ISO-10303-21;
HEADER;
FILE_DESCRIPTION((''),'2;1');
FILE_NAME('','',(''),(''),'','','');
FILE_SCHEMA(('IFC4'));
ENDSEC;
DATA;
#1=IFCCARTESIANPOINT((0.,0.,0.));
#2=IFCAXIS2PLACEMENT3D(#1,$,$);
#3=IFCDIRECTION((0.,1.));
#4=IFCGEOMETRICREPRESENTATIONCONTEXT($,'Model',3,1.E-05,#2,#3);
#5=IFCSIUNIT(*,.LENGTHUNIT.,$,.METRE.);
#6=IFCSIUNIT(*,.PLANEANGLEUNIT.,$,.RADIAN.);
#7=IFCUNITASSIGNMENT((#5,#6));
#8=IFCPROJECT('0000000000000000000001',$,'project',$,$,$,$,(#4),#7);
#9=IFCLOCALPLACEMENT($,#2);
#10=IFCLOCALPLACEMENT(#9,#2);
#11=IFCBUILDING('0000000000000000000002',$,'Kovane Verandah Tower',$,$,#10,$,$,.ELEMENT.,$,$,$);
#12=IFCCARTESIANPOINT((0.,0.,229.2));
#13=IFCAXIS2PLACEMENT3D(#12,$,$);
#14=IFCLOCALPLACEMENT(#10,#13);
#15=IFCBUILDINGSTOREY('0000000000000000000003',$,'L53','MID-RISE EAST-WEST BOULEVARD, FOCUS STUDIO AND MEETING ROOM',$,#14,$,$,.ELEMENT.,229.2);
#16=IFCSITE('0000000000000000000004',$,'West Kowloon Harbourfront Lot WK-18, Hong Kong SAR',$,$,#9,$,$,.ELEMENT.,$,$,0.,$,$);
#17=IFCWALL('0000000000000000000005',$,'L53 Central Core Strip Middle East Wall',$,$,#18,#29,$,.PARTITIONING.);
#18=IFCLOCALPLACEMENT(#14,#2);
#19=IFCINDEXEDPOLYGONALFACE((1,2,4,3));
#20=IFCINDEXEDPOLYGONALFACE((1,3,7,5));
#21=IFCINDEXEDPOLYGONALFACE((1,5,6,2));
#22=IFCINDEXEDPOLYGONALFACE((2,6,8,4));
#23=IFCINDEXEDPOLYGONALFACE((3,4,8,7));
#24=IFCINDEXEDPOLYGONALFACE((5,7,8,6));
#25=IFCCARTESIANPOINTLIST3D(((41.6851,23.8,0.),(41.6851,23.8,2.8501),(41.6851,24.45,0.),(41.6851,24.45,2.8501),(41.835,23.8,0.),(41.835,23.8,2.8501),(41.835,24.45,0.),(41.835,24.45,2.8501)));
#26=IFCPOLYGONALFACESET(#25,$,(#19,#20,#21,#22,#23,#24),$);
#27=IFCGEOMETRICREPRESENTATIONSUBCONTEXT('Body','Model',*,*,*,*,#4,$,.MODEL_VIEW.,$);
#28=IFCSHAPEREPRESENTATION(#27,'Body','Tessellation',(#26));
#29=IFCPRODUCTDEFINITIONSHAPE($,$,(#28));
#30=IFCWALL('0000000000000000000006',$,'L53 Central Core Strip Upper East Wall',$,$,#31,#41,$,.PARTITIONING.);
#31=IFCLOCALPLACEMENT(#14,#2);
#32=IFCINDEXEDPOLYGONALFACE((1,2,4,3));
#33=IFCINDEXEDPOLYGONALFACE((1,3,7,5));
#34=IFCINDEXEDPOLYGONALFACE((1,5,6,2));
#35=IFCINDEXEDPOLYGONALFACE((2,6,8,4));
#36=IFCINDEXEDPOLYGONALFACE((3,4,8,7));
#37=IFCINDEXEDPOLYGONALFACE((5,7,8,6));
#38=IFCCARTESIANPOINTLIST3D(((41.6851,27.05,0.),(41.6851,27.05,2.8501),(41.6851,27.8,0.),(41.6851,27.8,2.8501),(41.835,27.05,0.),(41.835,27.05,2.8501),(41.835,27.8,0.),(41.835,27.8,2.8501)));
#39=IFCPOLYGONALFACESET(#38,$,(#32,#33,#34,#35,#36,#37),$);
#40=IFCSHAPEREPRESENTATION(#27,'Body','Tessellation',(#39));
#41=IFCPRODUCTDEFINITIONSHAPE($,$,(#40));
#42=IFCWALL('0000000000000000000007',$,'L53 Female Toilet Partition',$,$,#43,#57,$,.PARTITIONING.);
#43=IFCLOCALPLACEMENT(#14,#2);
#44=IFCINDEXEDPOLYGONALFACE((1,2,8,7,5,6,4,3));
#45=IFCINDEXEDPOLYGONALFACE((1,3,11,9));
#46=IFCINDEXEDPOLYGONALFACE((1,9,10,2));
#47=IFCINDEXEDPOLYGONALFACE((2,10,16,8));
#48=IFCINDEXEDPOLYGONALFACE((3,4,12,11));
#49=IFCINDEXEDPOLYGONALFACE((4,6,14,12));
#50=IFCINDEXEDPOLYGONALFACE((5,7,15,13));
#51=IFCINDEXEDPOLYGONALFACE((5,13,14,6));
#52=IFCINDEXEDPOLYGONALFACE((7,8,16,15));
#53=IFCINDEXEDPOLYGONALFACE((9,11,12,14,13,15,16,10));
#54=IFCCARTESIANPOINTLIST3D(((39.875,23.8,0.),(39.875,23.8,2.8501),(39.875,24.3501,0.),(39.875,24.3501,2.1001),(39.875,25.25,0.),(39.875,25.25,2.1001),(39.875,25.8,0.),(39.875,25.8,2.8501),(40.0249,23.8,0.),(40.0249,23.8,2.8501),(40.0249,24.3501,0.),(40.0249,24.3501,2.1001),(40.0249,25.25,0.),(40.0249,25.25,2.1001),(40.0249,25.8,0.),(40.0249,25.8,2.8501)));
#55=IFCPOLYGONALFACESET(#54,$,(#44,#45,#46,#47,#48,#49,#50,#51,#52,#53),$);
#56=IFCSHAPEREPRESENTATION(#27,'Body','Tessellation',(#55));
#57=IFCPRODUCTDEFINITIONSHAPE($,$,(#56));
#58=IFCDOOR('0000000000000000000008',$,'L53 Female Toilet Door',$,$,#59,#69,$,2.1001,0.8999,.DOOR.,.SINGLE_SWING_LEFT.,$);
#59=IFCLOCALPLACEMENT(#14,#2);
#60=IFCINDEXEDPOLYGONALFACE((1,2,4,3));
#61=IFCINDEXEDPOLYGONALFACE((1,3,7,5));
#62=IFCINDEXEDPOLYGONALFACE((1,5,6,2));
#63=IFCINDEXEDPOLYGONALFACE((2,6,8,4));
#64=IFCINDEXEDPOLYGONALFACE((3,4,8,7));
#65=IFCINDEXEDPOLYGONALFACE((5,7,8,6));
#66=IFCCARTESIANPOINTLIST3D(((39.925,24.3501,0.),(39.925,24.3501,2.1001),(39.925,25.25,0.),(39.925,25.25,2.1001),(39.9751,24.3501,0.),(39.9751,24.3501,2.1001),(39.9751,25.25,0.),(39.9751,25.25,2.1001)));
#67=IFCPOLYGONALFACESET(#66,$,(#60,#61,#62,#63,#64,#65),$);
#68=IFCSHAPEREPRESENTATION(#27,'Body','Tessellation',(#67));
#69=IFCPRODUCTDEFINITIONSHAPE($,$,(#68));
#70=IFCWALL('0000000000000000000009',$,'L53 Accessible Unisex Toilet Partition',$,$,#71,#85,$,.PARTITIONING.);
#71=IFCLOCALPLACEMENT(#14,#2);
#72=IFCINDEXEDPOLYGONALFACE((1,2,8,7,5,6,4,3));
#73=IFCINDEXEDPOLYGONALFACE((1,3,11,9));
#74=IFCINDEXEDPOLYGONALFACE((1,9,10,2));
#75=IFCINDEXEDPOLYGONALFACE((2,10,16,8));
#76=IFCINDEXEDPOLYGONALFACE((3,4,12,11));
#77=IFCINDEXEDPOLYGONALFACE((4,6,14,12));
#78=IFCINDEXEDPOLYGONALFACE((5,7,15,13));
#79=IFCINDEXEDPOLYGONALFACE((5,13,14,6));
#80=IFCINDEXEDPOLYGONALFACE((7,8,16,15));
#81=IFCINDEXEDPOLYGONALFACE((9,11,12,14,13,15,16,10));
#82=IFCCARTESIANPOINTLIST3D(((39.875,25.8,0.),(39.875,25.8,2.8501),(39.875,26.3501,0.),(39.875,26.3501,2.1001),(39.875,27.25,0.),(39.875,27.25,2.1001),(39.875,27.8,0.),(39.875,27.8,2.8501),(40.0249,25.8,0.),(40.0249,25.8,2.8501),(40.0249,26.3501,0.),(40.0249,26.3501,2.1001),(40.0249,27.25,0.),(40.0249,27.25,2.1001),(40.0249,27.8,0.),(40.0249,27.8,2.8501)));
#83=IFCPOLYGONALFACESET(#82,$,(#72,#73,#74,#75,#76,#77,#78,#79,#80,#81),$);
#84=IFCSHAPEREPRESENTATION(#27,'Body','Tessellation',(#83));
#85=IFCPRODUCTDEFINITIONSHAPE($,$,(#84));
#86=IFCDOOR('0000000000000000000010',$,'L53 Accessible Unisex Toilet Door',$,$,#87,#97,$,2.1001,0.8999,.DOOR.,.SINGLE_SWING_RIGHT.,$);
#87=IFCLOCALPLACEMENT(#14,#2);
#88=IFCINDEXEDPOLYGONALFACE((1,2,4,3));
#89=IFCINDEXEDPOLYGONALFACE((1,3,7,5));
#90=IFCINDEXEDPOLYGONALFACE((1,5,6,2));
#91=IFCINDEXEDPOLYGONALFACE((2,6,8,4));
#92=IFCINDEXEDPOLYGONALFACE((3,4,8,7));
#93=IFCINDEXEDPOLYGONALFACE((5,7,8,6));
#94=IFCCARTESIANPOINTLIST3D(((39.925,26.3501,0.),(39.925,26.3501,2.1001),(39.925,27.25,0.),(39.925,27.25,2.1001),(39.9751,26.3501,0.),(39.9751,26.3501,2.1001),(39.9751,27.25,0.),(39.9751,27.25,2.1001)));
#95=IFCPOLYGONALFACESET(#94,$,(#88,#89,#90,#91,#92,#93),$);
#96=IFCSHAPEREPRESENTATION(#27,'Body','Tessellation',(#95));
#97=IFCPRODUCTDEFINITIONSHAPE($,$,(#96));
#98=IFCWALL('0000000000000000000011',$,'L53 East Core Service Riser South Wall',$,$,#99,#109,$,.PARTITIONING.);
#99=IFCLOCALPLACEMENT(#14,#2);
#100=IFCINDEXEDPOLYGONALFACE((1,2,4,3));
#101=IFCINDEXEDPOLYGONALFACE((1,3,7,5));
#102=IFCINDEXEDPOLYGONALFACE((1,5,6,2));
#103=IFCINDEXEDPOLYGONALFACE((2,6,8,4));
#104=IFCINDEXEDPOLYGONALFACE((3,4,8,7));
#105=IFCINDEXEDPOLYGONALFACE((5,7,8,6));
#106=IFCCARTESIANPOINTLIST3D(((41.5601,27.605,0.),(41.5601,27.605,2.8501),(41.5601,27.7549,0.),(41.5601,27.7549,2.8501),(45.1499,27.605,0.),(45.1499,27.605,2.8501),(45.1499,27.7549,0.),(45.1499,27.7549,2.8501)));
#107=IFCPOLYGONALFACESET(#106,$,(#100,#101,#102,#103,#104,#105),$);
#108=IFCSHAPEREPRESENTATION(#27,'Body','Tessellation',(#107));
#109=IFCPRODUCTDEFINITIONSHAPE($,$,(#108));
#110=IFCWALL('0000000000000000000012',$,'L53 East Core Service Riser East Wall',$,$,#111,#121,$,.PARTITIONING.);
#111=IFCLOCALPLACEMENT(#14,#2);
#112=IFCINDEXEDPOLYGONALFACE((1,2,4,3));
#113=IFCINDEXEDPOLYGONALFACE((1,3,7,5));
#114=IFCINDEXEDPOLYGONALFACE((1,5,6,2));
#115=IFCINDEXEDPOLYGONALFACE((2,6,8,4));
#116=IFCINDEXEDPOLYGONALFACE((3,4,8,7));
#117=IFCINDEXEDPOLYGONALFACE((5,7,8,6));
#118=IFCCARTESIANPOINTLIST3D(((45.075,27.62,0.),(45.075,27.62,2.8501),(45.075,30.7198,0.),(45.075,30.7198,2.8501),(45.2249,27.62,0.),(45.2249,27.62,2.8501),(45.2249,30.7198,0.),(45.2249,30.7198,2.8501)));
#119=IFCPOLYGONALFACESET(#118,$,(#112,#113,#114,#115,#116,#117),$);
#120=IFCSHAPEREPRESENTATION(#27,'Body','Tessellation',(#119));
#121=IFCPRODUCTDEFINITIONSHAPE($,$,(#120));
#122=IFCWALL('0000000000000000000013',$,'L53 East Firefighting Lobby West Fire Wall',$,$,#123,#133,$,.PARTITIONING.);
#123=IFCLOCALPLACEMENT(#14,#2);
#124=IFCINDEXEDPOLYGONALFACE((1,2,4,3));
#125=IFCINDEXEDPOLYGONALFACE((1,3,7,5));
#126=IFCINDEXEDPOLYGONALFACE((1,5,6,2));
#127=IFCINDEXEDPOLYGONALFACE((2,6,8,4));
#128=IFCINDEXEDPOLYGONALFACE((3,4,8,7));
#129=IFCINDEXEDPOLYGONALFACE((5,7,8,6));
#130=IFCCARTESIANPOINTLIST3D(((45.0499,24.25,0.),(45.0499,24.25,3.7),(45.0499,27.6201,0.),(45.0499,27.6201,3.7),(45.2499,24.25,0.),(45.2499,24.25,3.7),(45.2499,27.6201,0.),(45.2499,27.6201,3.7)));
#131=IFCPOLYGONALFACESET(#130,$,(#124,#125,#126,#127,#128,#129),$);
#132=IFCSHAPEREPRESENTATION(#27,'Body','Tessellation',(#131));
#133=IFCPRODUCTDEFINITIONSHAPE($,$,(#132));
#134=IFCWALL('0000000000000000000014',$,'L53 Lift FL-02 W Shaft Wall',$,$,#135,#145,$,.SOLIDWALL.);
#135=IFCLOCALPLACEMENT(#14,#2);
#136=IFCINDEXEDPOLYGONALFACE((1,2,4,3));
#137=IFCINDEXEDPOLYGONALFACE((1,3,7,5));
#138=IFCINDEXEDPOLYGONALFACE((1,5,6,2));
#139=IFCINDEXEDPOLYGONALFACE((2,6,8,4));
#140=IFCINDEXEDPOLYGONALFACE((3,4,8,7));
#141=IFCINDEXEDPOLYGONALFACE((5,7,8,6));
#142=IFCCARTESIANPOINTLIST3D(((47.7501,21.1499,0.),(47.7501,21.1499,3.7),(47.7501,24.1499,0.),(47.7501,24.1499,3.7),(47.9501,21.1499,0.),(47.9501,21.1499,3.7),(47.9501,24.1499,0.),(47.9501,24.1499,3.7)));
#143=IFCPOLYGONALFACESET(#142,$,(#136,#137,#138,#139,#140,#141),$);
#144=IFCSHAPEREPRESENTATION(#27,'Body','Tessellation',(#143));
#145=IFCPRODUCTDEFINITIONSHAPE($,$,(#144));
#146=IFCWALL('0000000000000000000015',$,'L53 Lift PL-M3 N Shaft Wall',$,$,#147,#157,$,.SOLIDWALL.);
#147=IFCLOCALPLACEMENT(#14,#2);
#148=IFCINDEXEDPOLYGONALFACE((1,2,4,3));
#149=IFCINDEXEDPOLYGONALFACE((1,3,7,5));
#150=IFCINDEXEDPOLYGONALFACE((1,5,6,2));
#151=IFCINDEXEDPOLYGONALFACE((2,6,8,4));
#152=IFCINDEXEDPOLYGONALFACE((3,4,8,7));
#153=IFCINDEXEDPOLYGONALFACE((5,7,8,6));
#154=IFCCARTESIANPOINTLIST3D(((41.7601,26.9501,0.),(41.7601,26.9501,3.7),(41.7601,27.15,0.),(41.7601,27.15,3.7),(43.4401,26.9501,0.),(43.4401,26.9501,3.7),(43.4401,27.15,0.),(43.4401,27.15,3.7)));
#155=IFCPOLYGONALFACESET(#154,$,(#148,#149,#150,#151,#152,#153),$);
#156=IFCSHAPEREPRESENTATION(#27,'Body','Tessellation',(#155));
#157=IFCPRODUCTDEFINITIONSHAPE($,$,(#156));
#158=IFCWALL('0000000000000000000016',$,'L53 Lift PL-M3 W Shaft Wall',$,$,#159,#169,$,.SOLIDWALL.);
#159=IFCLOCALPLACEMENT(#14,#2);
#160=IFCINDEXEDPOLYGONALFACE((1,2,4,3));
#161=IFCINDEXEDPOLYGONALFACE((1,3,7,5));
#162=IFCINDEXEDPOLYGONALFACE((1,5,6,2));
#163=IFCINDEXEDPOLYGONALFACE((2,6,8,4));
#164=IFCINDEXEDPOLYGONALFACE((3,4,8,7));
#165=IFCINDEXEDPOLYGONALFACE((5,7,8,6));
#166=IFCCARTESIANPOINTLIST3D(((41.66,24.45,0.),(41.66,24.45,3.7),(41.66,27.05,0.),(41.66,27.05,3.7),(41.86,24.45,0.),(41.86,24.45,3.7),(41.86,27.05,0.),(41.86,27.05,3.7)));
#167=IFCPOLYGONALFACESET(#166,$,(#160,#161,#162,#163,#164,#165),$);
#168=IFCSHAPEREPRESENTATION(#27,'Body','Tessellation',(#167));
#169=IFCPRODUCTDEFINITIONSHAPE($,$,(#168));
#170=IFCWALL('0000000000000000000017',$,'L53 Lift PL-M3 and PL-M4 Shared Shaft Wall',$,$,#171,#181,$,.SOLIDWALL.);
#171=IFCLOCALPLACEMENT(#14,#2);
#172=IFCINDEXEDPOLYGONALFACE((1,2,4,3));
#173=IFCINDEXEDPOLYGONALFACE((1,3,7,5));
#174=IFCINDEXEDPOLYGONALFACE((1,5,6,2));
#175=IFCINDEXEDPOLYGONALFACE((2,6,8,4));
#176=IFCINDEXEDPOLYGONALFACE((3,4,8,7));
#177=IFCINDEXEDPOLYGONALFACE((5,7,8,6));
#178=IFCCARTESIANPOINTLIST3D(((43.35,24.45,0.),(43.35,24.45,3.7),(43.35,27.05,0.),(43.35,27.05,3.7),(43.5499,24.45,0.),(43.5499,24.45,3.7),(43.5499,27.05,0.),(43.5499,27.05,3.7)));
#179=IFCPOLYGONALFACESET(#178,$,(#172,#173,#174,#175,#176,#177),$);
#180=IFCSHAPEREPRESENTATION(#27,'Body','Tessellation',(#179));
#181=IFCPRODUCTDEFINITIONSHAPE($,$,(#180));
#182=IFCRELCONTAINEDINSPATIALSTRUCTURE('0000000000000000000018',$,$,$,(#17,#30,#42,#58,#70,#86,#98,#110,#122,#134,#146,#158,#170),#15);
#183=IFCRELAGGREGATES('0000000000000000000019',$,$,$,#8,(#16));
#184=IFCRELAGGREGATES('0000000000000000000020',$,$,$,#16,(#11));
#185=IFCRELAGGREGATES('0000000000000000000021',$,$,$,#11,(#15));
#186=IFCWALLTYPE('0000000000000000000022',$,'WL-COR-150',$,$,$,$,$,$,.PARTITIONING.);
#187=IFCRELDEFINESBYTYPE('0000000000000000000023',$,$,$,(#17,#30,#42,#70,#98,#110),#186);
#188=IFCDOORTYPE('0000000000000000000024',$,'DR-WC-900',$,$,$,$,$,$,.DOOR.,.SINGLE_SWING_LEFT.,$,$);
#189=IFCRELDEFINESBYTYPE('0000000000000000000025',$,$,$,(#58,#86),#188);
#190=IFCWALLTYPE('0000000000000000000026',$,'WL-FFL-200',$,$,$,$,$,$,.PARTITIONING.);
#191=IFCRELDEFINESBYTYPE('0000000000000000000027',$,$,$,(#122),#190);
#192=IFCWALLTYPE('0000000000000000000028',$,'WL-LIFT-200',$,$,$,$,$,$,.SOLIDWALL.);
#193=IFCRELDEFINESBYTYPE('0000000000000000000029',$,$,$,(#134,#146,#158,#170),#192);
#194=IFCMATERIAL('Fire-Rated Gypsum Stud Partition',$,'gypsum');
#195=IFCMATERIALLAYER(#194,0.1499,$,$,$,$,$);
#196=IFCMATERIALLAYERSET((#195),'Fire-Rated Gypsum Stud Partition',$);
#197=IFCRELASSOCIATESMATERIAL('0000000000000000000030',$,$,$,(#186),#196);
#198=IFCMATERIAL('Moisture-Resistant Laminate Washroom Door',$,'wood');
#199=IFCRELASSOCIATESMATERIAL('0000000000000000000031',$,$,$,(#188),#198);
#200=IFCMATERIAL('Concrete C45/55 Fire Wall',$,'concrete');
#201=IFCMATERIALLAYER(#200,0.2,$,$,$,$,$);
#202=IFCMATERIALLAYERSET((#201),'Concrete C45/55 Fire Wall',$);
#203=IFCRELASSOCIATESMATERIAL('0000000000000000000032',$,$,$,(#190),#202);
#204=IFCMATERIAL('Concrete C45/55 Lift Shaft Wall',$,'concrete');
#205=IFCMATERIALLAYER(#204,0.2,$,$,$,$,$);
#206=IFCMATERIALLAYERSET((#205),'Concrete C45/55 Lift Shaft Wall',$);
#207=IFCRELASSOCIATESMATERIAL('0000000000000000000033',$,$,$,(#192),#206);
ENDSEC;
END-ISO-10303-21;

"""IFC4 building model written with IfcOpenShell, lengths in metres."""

from ifc_helpers import new_model, si_unit, direction, frame, frame_2d, origin, place, context, subcontext, project, spatial, rectangle, extrude, material, layer, layer_set, type_object, element, fill, save


model = new_model("IFC4")

# Units and contexts
model_context = context("Model", 3, precision=1e-05, world=origin(), true_north=direction((0.0, 1.0)))
body_context = subcontext(model_context, "Body", "Model", "MODEL_VIEW")
ifc_project = project(units=[si_unit("LENGTHUNIT", "METRE"), si_unit("PLANEANGLEUNIT", "RADIAN")], contexts=[model_context])

# Site, building, storey
site_placement = place(None, origin())
site = spatial("IfcSite", under=ifc_project, at=site_placement, Name="West Kowloon Harbourfront Lot WK-18, Hong Kong SAR", CompositionType="ELEMENT", RefElevation=0.0)
building_placement = place(site_placement, origin())
building = spatial("IfcBuilding", under=site, at=building_placement, Name="Kovane Verandah Tower", CompositionType="ELEMENT")
storey_placement = place(building_placement, frame((0.0, 0.0, 229.2)))
storey = spatial("IfcBuildingStorey", under=building, at=storey_placement, Name="L53", Description="MID-RISE EAST-WEST BOULEVARD, FOCUS STUDIO AND MEETING ROOM", CompositionType="ELEMENT", Elevation=229.2)

# Walls
ifc_material_1 = material(Name="Fire-Rated Gypsum Stud Partition", Category="gypsum")
ifc_layer_1 = layer(ifc_material_1, 0.1499)
ifc_layer_set_1 = layer_set([ifc_layer_1], Name="Fire-Rated Gypsum Stud Partition")
wall_type_1 = type_object("IfcWallType", Name="WL-COR-150", PredefinedType="PARTITIONING", material=ifc_layer_set_1)
wall_1_placement = place(storey_placement, frame((41.76, 23.8, 0.0), z_axis=(0.0, 0.0, 1.0), x_axis=(0.0, 1.0, 0.0)))
element("IfcWall", 1, at=wall_1_placement, inside=storey, type_object=wall_type_1, Name="L53 Central Core Strip Middle East Wall", PredefinedType="PARTITIONING", context=body_context, shape_type="SweptSolid", body=[
    extrude(rectangle(XDim=0.6499, YDim=0.1499, at=frame_2d((0.325, 0.0))), origin(), (0.0, 0.0, 1.0), 2.8501),
])
wall_2_placement = place(storey_placement, frame((41.76, 27.05, 0.0), z_axis=(0.0, 0.0, 1.0), x_axis=(0.0, 1.0, 0.0)))
element("IfcWall", 2, at=wall_2_placement, inside=storey, type_object=wall_type_1, Name="L53 Central Core Strip Upper East Wall", PredefinedType="PARTITIONING", context=body_context, shape_type="SweptSolid", body=[
    extrude(rectangle(XDim=0.75, YDim=0.1499, at=frame_2d((0.375, 0.0))), origin(), (0.0, 0.0, 1.0), 2.8501),
])

# Walls, openings, doors
wall_3_placement = place(storey_placement, frame((39.95, 23.8, 0.0), z_axis=(0.0, 0.0, 1.0), x_axis=(0.0, 1.0, 0.0)))
wall_3 = element("IfcWall", 3, at=wall_3_placement, inside=storey, type_object=wall_type_1, Name="L53 Female Toilet Partition", PredefinedType="PARTITIONING", context=body_context, shape_type="SweptSolid", body=[
    extrude(rectangle(XDim=2.0, YDim=0.1499, at=frame_2d((1.0, 0.0))), origin(), (0.0, 0.0, 1.0), 2.8501),
])
opening_1_placement = place(wall_3_placement, frame((0.55, 0.0, 0.0)))
opening_1 = element("IfcOpeningElement", 4, at=opening_1_placement, cuts=wall_3, PredefinedType="OPENING", context=body_context, shape_type="SweptSolid", body=[
    extrude(rectangle(XDim=0.8999, YDim=2.1001, at=frame_2d((0.45, 1.05))), frame((0.0, 0.075, 0.0), z_axis=(0.0, -1.0, 0.0), x_axis=(1.0, 0.0, 0.0)), (0.0, 0.0, 1.0), 0.1499),
])
ifc_material_2 = material(Name="Moisture-Resistant Laminate Washroom Door", Category="wood")
door_type_1 = type_object("IfcDoorType", Name="DR-WC-900", OperationType="SINGLE_SWING_LEFT", PredefinedType="DOOR", material=ifc_material_2)
door_1_placement = place(opening_1_placement, origin())
door_1 = element("IfcDoor", 5, at=door_1_placement, inside=storey, type_object=door_type_1, Name="L53 Female Toilet Door", OperationType="SINGLE_SWING_LEFT", OverallHeight=2.1001, OverallWidth=0.8999, PredefinedType="DOOR", context=body_context, shape_type="SweptSolid", body=[
    extrude(rectangle(XDim=0.8999, YDim=2.1001, at=frame_2d((0.45, 1.05))), frame((0.0, 0.0249, 0.0), z_axis=(0.0, -1.0, 0.0), x_axis=(1.0, 0.0, 0.0)), (0.0, 0.0, 1.0), 0.05),
])
fill(opening_1, door_1)
wall_4_placement = place(storey_placement, frame((39.95, 25.8, 0.0), z_axis=(0.0, 0.0, 1.0), x_axis=(0.0, 1.0, 0.0)))
wall_4 = element("IfcWall", 6, at=wall_4_placement, inside=storey, type_object=wall_type_1, Name="L53 Accessible Unisex Toilet Partition", PredefinedType="PARTITIONING", context=body_context, shape_type="SweptSolid", body=[
    extrude(rectangle(XDim=2.0, YDim=0.1499, at=frame_2d((1.0, 0.0))), origin(), (0.0, 0.0, 1.0), 2.8501),
])
opening_2_placement = place(wall_4_placement, frame((0.55, 0.0, 0.0)))
opening_2 = element("IfcOpeningElement", 7, at=opening_2_placement, cuts=wall_4, PredefinedType="OPENING", context=body_context, shape_type="SweptSolid", body=[
    extrude(rectangle(XDim=0.8999, YDim=2.1001, at=frame_2d((0.45, 1.05))), frame((0.0, 0.075, 0.0), z_axis=(0.0, -1.0, 0.0), x_axis=(1.0, 0.0, 0.0)), (0.0, 0.0, 1.0), 0.1499),
])
door_2_placement = place(opening_2_placement, origin())
door_2 = element("IfcDoor", 8, at=door_2_placement, inside=storey, type_object=door_type_1, Name="L53 Accessible Unisex Toilet Door", OperationType="SINGLE_SWING_RIGHT", OverallHeight=2.1001, OverallWidth=0.8999, PredefinedType="DOOR", context=body_context, shape_type="SweptSolid", body=[
    extrude(rectangle(XDim=0.8999, YDim=2.1001, at=frame_2d((0.45, 1.05))), frame((0.0, 0.0249, 0.0), z_axis=(0.0, -1.0, 0.0), x_axis=(1.0, 0.0, 0.0)), (0.0, 0.0, 1.0), 0.05),
])
fill(opening_2, door_2)

# Walls
wall_5_placement = place(storey_placement, frame((41.5601, 27.6799, 0.0), z_axis=(0.0, 0.0, 1.0), x_axis=(1.0, 0.0, 0.0)))
element("IfcWall", 9, at=wall_5_placement, inside=storey, type_object=wall_type_1, Name="L53 East Core Service Riser South Wall", PredefinedType="PARTITIONING", context=body_context, shape_type="SweptSolid", body=[
    extrude(rectangle(XDim=3.5898, YDim=0.1499, at=frame_2d((1.7949, 0.0))), origin(), (0.0, 0.0, 1.0), 2.8501),
])
wall_6_placement = place(storey_placement, frame((45.1499, 27.6201, 0.0), z_axis=(0.0, 0.0, 1.0), x_axis=(0.0, 1.0, 0.0)))
element("IfcWall", 10, at=wall_6_placement, inside=storey, type_object=wall_type_1, Name="L53 East Core Service Riser East Wall", PredefinedType="PARTITIONING", context=body_context, shape_type="SweptSolid", body=[
    extrude(rectangle(XDim=3.0999, YDim=0.1499, at=frame_2d((1.5498, 0.0))), origin(), (0.0, 0.0, 1.0), 2.8501),
])
ifc_material_3 = material(Name="Concrete C45/55 Fire Wall", Category="concrete")
ifc_layer_2 = layer(ifc_material_3, 0.2)
ifc_layer_set_2 = layer_set([ifc_layer_2], Name="Concrete C45/55 Fire Wall")
wall_type_2 = type_object("IfcWallType", Name="WL-FFL-200", PredefinedType="PARTITIONING", material=ifc_layer_set_2)
wall_7_placement = place(storey_placement, frame((45.1499, 24.25, 0.0), z_axis=(0.0, 0.0, 1.0), x_axis=(0.0, 1.0, 0.0)))
element("IfcWall", 11, at=wall_7_placement, inside=storey, type_object=wall_type_2, Name="L53 East Firefighting Lobby West Fire Wall", PredefinedType="PARTITIONING", context=body_context, shape_type="SweptSolid", body=[
    extrude(rectangle(XDim=3.3701, YDim=0.2, at=frame_2d((1.6851, 0.0))), origin(), (0.0, 0.0, 1.0), 3.7),
])

# Shared definitions
ifc_material_4 = material(Name="Concrete C45/55 Lift Shaft Wall", Category="concrete")
ifc_layer_3 = layer(ifc_material_4, 0.2)
ifc_layer_set_3 = layer_set([ifc_layer_3], Name="Concrete C45/55 Lift Shaft Wall")
wall_type_3 = type_object("IfcWallType", Name="WL-LIFT-200", PredefinedType="SOLIDWALL", material=ifc_layer_set_3)

# Wall
wall_8_placement = place(storey_placement, frame((47.8501, 24.1499, 0.0), z_axis=(0.0, 0.0, 1.0), x_axis=(0.0, -1.0, 0.0)))
element("IfcWall", 12, at=wall_8_placement, inside=storey, type_object=wall_type_3, Name="L53 Lift FL-02 W Shaft Wall", PredefinedType="SOLIDWALL", context=body_context, shape_type="SweptSolid", body=[
    extrude(rectangle(XDim=3.0, YDim=0.2, at=frame_2d((1.5, 0.0))), origin(), (0.0, 0.0, 1.0), 3.7),
])

# Walls
wall_9_placement = place(storey_placement, frame((43.4399, 27.05, 0.0), z_axis=(0.0, 0.0, 1.0), x_axis=(-1.0, 0.0, 0.0)))
element("IfcWall", 13, at=wall_9_placement, inside=storey, type_object=wall_type_3, Name="L53 Lift PL-M3 N Shaft Wall", PredefinedType="SOLIDWALL", context=body_context, shape_type="SweptSolid", body=[
    extrude(rectangle(XDim=1.6799, YDim=0.2, at=frame_2d((0.8398, 0.0))), origin(), (0.0, 0.0, 1.0), 3.7),
])
for number, where, z_axis, x_axis, name in (
    (14, (41.76, 27.05, 0.0), (0.0, 0.0, 1.0), (0.0, -1.0, 0.0), "L53 Lift PL-M3 W Shaft Wall"),
    (15, (43.45, 24.45, 0.0), (0.0, 0.0, 1.0), (0.0, 1.0, 0.0), "L53 Lift PL-M3 and PL-M4 Shared Shaft Wall"),
):
    element("IfcWall", number, at=place(storey_placement, frame(where, z_axis=z_axis, x_axis=x_axis)), inside=storey, type_object=wall_type_3, Name=name, PredefinedType="SOLIDWALL", context=body_context, shape_type="SweptSolid", body=[
        extrude(rectangle(XDim=2.6001, YDim=0.2, at=frame_2d((1.3, 0.0))), origin(), (0.0, 0.0, 1.0), 3.7),
    ])

save(model, "model.ifc")
